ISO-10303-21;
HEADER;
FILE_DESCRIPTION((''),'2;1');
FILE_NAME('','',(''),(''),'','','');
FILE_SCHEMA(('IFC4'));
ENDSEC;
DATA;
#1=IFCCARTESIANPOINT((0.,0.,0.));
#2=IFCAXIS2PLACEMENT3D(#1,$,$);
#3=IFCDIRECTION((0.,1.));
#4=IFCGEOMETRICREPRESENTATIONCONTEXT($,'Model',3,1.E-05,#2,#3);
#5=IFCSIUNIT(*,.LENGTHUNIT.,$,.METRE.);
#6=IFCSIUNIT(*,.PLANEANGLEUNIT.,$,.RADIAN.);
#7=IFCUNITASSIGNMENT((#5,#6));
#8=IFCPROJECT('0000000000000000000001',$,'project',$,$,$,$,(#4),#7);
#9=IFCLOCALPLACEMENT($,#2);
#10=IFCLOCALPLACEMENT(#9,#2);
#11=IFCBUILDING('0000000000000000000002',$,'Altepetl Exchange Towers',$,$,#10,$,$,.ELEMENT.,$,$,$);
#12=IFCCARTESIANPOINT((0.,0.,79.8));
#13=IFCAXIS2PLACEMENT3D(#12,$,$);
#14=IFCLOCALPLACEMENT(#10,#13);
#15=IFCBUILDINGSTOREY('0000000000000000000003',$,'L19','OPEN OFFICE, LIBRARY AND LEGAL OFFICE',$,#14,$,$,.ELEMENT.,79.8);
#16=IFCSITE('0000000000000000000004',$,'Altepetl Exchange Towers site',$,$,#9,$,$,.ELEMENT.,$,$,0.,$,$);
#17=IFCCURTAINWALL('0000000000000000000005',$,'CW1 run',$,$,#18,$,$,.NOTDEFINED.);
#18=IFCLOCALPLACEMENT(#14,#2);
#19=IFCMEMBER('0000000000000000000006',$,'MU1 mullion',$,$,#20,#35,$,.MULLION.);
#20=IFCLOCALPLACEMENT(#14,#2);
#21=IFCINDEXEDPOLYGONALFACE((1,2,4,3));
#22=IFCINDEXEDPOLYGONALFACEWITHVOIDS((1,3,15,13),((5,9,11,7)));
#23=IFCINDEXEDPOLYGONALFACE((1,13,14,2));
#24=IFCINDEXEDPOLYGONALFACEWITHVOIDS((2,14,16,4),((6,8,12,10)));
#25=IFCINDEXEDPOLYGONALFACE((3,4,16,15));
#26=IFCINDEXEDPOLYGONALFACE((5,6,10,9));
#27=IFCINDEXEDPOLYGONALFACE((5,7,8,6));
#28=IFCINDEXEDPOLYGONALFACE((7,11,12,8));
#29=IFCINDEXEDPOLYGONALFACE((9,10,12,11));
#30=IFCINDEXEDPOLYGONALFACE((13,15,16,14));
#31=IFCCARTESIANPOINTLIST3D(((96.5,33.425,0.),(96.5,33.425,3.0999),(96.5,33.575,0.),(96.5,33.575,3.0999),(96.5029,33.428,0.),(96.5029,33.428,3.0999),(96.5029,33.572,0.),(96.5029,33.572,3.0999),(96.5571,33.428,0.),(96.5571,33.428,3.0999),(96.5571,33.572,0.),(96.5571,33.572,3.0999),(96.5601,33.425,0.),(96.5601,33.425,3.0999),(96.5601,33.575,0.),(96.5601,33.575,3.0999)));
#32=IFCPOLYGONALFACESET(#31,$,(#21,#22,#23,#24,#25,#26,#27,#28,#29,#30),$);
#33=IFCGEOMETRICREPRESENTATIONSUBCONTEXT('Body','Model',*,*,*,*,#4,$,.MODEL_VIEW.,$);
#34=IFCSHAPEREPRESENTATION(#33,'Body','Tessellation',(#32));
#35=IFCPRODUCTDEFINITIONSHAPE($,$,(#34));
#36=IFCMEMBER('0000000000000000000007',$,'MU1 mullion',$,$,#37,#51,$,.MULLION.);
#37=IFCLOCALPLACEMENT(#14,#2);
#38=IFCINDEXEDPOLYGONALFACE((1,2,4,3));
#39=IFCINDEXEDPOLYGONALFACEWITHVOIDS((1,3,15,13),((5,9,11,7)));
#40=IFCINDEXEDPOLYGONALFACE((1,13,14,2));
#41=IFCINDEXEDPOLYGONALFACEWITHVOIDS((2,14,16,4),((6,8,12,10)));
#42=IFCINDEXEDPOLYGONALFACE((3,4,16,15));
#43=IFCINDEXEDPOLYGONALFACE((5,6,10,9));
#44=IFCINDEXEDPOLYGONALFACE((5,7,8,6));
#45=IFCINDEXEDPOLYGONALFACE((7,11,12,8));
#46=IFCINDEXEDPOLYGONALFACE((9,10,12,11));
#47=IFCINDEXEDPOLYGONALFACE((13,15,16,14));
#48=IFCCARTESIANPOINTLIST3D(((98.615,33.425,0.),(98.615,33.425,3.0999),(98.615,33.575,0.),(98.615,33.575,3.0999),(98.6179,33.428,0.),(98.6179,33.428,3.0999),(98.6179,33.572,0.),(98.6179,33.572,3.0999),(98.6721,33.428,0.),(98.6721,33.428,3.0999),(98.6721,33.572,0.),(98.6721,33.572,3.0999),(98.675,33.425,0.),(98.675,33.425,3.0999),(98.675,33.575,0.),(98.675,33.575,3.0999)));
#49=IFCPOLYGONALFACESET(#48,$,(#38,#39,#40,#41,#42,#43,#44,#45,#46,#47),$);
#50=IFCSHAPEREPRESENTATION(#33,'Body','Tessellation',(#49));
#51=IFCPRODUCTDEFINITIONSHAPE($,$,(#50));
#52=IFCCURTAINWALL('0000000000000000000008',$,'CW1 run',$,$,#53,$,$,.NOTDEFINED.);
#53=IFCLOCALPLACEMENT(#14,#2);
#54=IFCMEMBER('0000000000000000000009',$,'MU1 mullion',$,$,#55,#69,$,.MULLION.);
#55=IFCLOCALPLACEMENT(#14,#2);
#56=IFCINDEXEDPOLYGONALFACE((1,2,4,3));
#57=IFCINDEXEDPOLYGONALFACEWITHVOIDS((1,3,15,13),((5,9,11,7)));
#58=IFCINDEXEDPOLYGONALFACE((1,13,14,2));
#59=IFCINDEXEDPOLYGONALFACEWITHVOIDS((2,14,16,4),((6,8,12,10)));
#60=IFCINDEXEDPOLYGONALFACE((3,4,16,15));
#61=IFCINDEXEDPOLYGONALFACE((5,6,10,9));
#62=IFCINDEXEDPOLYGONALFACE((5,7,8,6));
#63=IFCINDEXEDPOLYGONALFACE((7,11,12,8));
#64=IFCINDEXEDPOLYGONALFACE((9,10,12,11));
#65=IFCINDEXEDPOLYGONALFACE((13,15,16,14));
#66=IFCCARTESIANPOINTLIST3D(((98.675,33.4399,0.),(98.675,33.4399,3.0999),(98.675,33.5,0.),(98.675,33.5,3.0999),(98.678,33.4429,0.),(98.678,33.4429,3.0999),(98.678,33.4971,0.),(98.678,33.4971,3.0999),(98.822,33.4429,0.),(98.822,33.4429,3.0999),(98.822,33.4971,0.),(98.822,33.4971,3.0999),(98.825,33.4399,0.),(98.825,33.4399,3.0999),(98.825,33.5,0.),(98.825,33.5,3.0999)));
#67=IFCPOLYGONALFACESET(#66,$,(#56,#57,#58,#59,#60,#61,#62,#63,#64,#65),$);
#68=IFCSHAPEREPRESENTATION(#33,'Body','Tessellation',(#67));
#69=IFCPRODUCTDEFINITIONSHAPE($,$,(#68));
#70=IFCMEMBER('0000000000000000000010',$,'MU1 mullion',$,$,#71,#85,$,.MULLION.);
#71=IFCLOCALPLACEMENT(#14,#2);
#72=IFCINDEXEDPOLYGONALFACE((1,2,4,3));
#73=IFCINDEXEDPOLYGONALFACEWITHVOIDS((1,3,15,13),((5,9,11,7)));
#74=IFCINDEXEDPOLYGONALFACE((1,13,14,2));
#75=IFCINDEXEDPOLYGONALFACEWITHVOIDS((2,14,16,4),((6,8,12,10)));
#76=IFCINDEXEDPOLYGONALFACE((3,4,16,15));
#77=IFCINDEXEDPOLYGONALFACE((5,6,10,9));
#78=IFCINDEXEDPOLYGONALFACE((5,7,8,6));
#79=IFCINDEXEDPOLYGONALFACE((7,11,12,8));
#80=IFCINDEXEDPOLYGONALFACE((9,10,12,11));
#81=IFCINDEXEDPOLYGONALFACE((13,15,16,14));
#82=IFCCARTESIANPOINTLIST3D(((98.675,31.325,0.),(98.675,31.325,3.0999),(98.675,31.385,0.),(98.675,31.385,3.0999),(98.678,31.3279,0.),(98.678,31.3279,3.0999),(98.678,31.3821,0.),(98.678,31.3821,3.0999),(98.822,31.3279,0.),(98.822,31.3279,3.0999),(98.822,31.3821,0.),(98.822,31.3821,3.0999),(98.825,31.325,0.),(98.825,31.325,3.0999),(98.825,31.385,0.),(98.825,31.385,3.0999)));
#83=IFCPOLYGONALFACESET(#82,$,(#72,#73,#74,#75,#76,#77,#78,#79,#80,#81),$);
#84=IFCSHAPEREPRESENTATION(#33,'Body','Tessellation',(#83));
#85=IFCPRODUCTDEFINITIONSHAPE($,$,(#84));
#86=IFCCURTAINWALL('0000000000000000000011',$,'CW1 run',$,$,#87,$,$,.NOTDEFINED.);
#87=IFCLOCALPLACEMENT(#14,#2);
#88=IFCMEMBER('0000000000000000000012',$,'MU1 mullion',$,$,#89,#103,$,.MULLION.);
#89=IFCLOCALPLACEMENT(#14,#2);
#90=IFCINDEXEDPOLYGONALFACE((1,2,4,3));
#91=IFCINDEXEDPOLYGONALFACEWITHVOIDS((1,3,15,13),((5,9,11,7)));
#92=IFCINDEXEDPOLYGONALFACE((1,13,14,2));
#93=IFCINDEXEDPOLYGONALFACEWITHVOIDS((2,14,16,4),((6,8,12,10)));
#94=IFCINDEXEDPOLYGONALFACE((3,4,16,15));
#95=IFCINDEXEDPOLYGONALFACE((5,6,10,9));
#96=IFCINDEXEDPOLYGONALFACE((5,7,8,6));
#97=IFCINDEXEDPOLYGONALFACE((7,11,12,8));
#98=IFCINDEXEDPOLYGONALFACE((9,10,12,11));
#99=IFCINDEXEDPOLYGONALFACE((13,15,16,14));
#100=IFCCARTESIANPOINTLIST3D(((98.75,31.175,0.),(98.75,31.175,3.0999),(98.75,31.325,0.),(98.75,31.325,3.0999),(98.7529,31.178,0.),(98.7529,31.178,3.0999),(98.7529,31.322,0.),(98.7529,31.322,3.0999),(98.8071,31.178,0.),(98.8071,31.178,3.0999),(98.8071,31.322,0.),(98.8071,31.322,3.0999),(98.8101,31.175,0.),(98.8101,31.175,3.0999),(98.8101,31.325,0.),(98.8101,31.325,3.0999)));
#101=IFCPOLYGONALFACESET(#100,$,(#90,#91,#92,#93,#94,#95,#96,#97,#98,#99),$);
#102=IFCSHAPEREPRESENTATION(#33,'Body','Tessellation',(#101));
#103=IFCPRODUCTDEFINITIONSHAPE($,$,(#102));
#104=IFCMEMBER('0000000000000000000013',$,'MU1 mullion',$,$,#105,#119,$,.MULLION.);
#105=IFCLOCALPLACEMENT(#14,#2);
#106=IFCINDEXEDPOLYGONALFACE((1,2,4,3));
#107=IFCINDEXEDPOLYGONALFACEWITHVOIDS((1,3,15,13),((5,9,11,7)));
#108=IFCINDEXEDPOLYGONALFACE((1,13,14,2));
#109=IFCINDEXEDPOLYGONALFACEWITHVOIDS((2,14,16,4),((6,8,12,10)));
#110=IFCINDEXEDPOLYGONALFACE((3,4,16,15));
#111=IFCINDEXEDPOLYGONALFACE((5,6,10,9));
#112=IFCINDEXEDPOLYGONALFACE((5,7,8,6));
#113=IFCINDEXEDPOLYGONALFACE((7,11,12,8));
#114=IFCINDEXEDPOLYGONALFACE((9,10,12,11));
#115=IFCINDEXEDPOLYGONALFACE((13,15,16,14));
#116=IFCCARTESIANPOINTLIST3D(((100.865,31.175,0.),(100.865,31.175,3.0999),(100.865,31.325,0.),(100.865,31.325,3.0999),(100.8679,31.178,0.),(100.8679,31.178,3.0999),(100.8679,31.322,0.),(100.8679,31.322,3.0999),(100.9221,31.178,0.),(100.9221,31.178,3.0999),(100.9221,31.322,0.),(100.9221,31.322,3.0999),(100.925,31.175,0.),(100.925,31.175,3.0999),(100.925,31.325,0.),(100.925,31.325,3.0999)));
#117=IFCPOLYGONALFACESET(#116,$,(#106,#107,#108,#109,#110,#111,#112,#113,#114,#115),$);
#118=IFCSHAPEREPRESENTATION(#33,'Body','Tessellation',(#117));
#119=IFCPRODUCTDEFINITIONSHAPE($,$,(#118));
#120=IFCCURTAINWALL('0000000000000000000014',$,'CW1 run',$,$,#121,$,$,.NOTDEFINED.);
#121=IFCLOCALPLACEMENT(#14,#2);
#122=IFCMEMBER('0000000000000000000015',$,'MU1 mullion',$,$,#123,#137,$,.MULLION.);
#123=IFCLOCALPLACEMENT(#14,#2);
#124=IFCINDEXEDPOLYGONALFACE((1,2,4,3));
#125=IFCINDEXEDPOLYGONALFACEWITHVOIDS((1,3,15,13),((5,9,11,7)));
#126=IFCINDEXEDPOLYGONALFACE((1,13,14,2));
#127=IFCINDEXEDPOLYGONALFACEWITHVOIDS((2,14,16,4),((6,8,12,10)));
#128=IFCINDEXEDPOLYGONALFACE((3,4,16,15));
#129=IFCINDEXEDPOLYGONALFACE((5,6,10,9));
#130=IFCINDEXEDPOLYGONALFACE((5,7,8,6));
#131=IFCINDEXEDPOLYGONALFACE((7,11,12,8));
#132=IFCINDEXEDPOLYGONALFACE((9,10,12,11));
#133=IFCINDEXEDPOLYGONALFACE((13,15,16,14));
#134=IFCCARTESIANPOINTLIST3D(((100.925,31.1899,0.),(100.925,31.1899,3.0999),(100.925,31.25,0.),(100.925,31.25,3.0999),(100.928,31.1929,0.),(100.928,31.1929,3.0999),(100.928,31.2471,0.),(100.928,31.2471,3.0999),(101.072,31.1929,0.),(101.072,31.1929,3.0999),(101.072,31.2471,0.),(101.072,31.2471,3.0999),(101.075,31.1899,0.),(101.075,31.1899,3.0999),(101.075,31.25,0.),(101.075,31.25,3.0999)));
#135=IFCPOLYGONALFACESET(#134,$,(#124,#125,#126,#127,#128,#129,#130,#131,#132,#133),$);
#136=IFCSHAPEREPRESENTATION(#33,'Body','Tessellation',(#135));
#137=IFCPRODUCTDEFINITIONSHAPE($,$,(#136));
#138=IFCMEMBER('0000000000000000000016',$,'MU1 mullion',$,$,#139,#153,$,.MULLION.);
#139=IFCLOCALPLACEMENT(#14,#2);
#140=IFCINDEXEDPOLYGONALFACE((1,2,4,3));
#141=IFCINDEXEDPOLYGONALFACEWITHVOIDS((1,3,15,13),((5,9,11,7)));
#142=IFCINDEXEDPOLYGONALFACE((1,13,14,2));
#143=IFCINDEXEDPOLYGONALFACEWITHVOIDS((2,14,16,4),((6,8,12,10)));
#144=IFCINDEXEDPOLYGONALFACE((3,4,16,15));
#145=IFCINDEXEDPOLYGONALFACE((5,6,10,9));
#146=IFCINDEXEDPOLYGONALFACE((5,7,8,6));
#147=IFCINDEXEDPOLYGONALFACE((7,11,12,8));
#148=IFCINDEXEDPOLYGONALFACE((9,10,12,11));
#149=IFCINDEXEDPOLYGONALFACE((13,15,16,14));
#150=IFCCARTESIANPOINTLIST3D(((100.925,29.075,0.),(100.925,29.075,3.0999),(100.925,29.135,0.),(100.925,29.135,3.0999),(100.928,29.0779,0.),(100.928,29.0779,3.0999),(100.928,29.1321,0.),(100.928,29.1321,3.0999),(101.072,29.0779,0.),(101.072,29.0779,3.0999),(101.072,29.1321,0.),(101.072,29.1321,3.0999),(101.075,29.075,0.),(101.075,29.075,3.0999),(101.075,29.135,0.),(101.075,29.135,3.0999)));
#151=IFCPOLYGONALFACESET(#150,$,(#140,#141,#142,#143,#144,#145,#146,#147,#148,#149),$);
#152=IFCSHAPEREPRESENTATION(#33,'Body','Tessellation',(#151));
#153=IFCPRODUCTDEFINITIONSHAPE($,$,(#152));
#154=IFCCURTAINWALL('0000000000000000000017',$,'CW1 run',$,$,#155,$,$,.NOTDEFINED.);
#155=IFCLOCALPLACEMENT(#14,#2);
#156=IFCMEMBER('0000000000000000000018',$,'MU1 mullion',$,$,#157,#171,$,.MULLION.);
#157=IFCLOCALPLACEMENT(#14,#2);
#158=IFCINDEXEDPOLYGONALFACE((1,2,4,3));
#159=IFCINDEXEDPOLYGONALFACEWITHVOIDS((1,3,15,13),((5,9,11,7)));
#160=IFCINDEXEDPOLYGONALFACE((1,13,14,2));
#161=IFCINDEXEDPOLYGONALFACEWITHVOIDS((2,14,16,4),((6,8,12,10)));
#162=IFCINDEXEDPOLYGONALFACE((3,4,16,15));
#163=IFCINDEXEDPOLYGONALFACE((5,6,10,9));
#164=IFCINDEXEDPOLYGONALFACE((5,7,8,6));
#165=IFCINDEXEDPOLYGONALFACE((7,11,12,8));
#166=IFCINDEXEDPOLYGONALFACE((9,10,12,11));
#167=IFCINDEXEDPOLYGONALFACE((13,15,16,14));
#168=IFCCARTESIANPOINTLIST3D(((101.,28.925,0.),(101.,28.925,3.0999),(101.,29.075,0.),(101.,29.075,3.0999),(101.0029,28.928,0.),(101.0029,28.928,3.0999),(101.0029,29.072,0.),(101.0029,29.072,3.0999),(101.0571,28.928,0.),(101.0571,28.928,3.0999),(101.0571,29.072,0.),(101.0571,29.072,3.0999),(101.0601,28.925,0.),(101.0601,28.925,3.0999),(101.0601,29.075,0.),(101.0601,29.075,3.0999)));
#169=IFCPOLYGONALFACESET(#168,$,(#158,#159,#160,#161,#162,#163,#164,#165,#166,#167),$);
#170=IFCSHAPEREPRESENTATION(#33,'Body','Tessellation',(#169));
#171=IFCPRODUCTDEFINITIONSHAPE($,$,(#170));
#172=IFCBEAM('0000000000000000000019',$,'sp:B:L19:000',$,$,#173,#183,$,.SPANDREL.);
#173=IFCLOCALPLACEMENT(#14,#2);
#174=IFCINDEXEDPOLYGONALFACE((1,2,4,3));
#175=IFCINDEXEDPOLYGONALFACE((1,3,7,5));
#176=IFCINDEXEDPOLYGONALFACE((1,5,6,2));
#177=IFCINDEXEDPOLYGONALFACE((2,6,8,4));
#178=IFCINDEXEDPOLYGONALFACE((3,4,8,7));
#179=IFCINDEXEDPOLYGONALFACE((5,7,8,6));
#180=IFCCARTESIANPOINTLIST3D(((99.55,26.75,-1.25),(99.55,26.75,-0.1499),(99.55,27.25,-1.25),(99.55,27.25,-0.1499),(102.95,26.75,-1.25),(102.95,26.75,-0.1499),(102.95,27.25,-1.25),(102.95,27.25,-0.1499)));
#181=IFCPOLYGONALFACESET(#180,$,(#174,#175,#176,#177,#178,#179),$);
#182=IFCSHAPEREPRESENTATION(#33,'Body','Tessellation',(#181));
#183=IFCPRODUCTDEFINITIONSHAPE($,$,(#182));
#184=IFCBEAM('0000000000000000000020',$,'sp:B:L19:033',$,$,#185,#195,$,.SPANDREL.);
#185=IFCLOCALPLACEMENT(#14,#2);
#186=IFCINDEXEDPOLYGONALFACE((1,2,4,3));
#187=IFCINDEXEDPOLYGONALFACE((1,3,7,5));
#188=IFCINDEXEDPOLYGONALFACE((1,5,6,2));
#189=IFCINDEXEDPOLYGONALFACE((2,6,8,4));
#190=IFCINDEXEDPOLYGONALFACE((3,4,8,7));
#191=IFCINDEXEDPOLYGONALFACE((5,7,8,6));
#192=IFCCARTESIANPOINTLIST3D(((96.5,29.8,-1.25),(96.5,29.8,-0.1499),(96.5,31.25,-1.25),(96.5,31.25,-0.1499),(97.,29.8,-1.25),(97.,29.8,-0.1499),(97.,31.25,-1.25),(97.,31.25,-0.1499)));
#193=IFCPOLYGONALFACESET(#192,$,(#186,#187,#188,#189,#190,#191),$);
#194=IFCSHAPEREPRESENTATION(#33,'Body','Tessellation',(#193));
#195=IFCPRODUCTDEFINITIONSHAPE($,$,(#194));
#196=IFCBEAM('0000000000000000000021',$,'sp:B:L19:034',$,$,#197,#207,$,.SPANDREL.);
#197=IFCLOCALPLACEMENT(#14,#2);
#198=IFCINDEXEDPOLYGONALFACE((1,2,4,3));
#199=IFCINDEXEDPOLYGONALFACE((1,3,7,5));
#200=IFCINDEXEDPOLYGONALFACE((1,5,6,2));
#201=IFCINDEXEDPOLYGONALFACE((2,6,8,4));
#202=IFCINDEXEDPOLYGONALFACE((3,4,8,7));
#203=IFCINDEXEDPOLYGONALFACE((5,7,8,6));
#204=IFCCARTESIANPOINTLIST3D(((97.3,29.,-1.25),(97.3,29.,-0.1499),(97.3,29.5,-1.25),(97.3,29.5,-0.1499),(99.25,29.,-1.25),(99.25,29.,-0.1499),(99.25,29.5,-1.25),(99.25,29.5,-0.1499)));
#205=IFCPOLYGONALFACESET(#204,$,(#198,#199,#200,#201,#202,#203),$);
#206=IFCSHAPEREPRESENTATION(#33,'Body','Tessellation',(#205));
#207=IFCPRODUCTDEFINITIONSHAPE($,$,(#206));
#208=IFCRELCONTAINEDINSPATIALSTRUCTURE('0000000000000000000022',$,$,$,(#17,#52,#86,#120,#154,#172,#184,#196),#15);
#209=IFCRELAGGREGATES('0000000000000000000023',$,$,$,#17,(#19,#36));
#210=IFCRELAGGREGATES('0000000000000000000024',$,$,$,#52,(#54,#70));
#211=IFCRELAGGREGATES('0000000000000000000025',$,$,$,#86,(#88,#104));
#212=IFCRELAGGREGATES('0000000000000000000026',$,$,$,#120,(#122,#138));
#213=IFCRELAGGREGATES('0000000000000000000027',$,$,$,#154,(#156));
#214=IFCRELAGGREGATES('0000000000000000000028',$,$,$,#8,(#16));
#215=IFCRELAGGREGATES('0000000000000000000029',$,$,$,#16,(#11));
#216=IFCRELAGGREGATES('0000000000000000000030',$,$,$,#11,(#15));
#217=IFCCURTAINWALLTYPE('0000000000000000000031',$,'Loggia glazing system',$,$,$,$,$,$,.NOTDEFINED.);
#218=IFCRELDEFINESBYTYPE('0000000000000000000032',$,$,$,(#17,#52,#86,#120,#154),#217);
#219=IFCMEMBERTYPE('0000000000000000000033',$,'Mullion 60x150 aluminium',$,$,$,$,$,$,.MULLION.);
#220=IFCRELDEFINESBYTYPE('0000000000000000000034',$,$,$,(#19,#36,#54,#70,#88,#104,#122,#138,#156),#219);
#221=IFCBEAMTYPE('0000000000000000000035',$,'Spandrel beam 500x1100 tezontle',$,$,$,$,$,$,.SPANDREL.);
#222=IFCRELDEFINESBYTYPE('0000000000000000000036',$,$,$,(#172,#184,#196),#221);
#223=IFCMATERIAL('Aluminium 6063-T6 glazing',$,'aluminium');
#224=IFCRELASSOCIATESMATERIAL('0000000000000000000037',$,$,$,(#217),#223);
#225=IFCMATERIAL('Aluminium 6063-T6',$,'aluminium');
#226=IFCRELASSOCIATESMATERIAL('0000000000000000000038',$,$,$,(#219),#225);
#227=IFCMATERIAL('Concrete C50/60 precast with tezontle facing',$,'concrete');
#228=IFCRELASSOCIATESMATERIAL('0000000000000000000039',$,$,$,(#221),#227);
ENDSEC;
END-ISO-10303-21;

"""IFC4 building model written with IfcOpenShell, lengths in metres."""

from ifc_helpers import new_model, si_unit, direction, frame, origin, origin_2d, place, context, subcontext, project, spatial, rectangle, hollow_rectangle, extrude, material, material_profile, profile_set, type_object, element, aggregate, save


model = new_model("IFC4")

# Units and contexts
model_context = context("Model", 3, precision=1e-05, world=origin(), true_north=direction((0.0, 1.0)))
body_context = subcontext(model_context, "Body", "Model", "MODEL_VIEW")
ifc_project = project(units=[si_unit("LENGTHUNIT", "METRE"), si_unit("PLANEANGLEUNIT", "RADIAN")], contexts=[model_context])

# Site, building, storey
site_placement = place(None, origin())
site = spatial("IfcSite", under=ifc_project, at=site_placement, Name="Altepetl Exchange Towers site", CompositionType="ELEMENT", RefElevation=0.0)
building_placement = place(site_placement, origin())
building = spatial("IfcBuilding", under=site, at=building_placement, Name="Altepetl Exchange Towers", CompositionType="ELEMENT")
storey_placement = place(building_placement, frame((0.0, 0.0, 79.8)))
storey = spatial("IfcBuildingStorey", under=building, at=storey_placement, Name="L19", Description="OPEN OFFICE, LIBRARY AND LEGAL OFFICE", CompositionType="ELEMENT", Elevation=79.8)

# Curtain walls, members
ifc_material_1 = material(Name="Aluminium 6063-T6 glazing", Category="aluminium")
curtain_wall_type = type_object("IfcCurtainWallType", Name="Loggia glazing system", PredefinedType="NOTDEFINED", material=ifc_material_1)
ifc_material_2 = material(Name="Aluminium 6063-T6", Category="aluminium")
ifc_material_profile_1 = material_profile(ifc_material_2, hollow_rectangle(XDim=0.0601, YDim=0.1499, WallThickness=0.0029, at=origin_2d()), Name="Mullion 60x150 aluminium")
ifc_profile_set_1 = profile_set([ifc_material_profile_1], Name="Aluminium 6063-T6")
member_type = type_object("IfcMemberType", Name="Mullion 60x150 aluminium", PredefinedType="MULLION", material=ifc_profile_set_1)
curtain_wall_1_placement = place(storey_placement, origin())
curtain_wall_1 = element("IfcCurtainWall", 1, at=curtain_wall_1_placement, inside=storey, type_object=curtain_wall_type, Name="CW1 run", PredefinedType="NOTDEFINED")
member_1_placement = place(storey_placement, frame((96.53, 33.5, 0.0)))
member_1 = element("IfcMember", 2, at=member_1_placement, type_object=member_type, Name="MU1 mullion", PredefinedType="MULLION", context=body_context, shape_type="SweptSolid", body=[
    extrude(hollow_rectangle(XDim=0.0601, YDim=0.1499, WallThickness=0.0029, at=origin_2d()), origin(), (0.0, 0.0, 1.0), 3.0999),
])
member_2_placement = place(storey_placement, frame((98.645, 33.5, 0.0)))
member_2 = element("IfcMember", 3, at=member_2_placement, type_object=member_type, Name="MU1 mullion", PredefinedType="MULLION", context=body_context, shape_type="SweptSolid", body=[
    extrude(hollow_rectangle(XDim=0.0601, YDim=0.1499, WallThickness=0.0029, at=origin_2d()), origin(), (0.0, 0.0, 1.0), 3.0999),
])
curtain_wall_2_placement = place(storey_placement, origin())
curtain_wall_2 = element("IfcCurtainWall", 4, at=curtain_wall_2_placement, inside=storey, type_object=curtain_wall_type, Name="CW1 run", PredefinedType="NOTDEFINED")
member_3_placement = place(storey_placement, frame((98.75, 33.47, 0.0), z_axis=(0.0, 0.0, 1.0), x_axis=(0.0, -1.0, 0.0)))
member_3 = element("IfcMember", 5, at=member_3_placement, type_object=member_type, Name="MU1 mullion", PredefinedType="MULLION", context=body_context, shape_type="SweptSolid", body=[
    extrude(hollow_rectangle(XDim=0.0601, YDim=0.1499, WallThickness=0.0029, at=origin_2d()), origin(), (0.0, 0.0, 1.0), 3.0999),
])
member_4_placement = place(storey_placement, frame((98.75, 31.355, 0.0), z_axis=(0.0, 0.0, 1.0), x_axis=(0.0, -1.0, 0.0)))
member_4 = element("IfcMember", 6, at=member_4_placement, type_object=member_type, Name="MU1 mullion", PredefinedType="MULLION", context=body_context, shape_type="SweptSolid", body=[
    extrude(hollow_rectangle(XDim=0.0601, YDim=0.1499, WallThickness=0.0029, at=origin_2d()), origin(), (0.0, 0.0, 1.0), 3.0999),
])
curtain_wall_3_placement = place(storey_placement, origin())
curtain_wall_3 = element("IfcCurtainWall", 7, at=curtain_wall_3_placement, inside=storey, type_object=curtain_wall_type, Name="CW1 run", PredefinedType="NOTDEFINED")
member_5_placement = place(storey_placement, frame((98.78, 31.25, 0.0)))
member_5 = element("IfcMember", 8, at=member_5_placement, type_object=member_type, Name="MU1 mullion", PredefinedType="MULLION", context=body_context, shape_type="SweptSolid", body=[
    extrude(hollow_rectangle(XDim=0.0601, YDim=0.1499, WallThickness=0.0029, at=origin_2d()), origin(), (0.0, 0.0, 1.0), 3.0999),
])
member_6_placement = place(storey_placement, frame((100.895, 31.25, 0.0)))
member_6 = element("IfcMember", 9, at=member_6_placement, type_object=member_type, Name="MU1 mullion", PredefinedType="MULLION", context=body_context, shape_type="SweptSolid", body=[
    extrude(hollow_rectangle(XDim=0.0601, YDim=0.1499, WallThickness=0.0029, at=origin_2d()), origin(), (0.0, 0.0, 1.0), 3.0999),
])
curtain_wall_4_placement = place(storey_placement, origin())
curtain_wall_4 = element("IfcCurtainWall", 10, at=curtain_wall_4_placement, inside=storey, type_object=curtain_wall_type, Name="CW1 run", PredefinedType="NOTDEFINED")
member_7_placement = place(storey_placement, frame((101.0, 31.22, 0.0), z_axis=(0.0, 0.0, 1.0), x_axis=(0.0, -1.0, 0.0)))
member_7 = element("IfcMember", 11, at=member_7_placement, type_object=member_type, Name="MU1 mullion", PredefinedType="MULLION", context=body_context, shape_type="SweptSolid", body=[
    extrude(hollow_rectangle(XDim=0.0601, YDim=0.1499, WallThickness=0.0029, at=origin_2d()), origin(), (0.0, 0.0, 1.0), 3.0999),
])
member_8_placement = place(storey_placement, frame((101.0, 29.105, 0.0), z_axis=(0.0, 0.0, 1.0), x_axis=(0.0, -1.0, 0.0)))
member_8 = element("IfcMember", 12, at=member_8_placement, type_object=member_type, Name="MU1 mullion", PredefinedType="MULLION", context=body_context, shape_type="SweptSolid", body=[
    extrude(hollow_rectangle(XDim=0.0601, YDim=0.1499, WallThickness=0.0029, at=origin_2d()), origin(), (0.0, 0.0, 1.0), 3.0999),
])

# Curtain wall, member
curtain_wall_5_placement = place(storey_placement, origin())
curtain_wall_5 = element("IfcCurtainWall", 13, at=curtain_wall_5_placement, inside=storey, type_object=curtain_wall_type, Name="CW1 run", PredefinedType="NOTDEFINED")
member_9_placement = place(storey_placement, frame((101.03, 29.0, 0.0)))
member_9 = element("IfcMember", 14, at=member_9_placement, type_object=member_type, Name="MU1 mullion", PredefinedType="MULLION", context=body_context, shape_type="SweptSolid", body=[
    extrude(hollow_rectangle(XDim=0.0601, YDim=0.1499, WallThickness=0.0029, at=origin_2d()), origin(), (0.0, 0.0, 1.0), 3.0999),
])

# Beams
ifc_material_3 = material(Name="Concrete C50/60 precast with tezontle facing", Category="concrete")
ifc_material_profile_2 = material_profile(ifc_material_3, rectangle(XDim=0.5, YDim=1.1001, at=origin_2d()), Name="500 x 1100")
ifc_profile_set_2 = profile_set([ifc_material_profile_2], Name="Concrete C50/60 precast with tezontle facing")
beam_type_1 = type_object("IfcBeamType", Name="Spandrel beam 500x1100 tezontle", PredefinedType="SPANDREL", material=ifc_profile_set_2)
beam_1_placement = place(storey_placement, frame((99.55, 27.0, -0.7), z_axis=(1.0, 0.0, 0.0), x_axis=(0.0, 1.0, 0.0)))
element("IfcBeam", 15, at=beam_1_placement, inside=storey, type_object=beam_type_1, Name="sp:B:L19:000", PredefinedType="SPANDREL", context=body_context, shape_type="SweptSolid", body=[
    extrude(rectangle(XDim=0.5, YDim=1.1001, at=origin_2d()), origin(), (0.0, 0.0, 1.0), 3.3999),
])
beam_2_placement = place(storey_placement, frame((96.75, 31.25, -0.7), z_axis=(0.0, -1.0, 0.0), x_axis=(1.0, 0.0, 0.0)))
element("IfcBeam", 16, at=beam_2_placement, inside=storey, type_object=beam_type_1, Name="sp:B:L19:033", PredefinedType="SPANDREL", context=body_context, shape_type="SweptSolid", body=[
    extrude(rectangle(XDim=0.5, YDim=1.1001, at=origin_2d()), origin(), (0.0, 0.0, 1.0), 1.45),
])
beam_3_placement = place(storey_placement, frame((97.3, 29.25, -0.7), z_axis=(1.0, 0.0, 0.0), x_axis=(0.0, 1.0, 0.0)))
element("IfcBeam", 17, at=beam_3_placement, inside=storey, type_object=beam_type_1, Name="sp:B:L19:034", PredefinedType="SPANDREL", context=body_context, shape_type="SweptSolid", body=[
    extrude(rectangle(XDim=0.5, YDim=1.1001, at=origin_2d()), origin(), (0.0, 0.0, 1.0), 1.95),
])

aggregate(curtain_wall_1, [member_1, member_2])
aggregate(curtain_wall_2, [member_3, member_4])
aggregate(curtain_wall_3, [member_5, member_6])
aggregate(curtain_wall_4, [member_7, member_8])
aggregate(curtain_wall_5, [member_9])

save(model, "model.ifc")
